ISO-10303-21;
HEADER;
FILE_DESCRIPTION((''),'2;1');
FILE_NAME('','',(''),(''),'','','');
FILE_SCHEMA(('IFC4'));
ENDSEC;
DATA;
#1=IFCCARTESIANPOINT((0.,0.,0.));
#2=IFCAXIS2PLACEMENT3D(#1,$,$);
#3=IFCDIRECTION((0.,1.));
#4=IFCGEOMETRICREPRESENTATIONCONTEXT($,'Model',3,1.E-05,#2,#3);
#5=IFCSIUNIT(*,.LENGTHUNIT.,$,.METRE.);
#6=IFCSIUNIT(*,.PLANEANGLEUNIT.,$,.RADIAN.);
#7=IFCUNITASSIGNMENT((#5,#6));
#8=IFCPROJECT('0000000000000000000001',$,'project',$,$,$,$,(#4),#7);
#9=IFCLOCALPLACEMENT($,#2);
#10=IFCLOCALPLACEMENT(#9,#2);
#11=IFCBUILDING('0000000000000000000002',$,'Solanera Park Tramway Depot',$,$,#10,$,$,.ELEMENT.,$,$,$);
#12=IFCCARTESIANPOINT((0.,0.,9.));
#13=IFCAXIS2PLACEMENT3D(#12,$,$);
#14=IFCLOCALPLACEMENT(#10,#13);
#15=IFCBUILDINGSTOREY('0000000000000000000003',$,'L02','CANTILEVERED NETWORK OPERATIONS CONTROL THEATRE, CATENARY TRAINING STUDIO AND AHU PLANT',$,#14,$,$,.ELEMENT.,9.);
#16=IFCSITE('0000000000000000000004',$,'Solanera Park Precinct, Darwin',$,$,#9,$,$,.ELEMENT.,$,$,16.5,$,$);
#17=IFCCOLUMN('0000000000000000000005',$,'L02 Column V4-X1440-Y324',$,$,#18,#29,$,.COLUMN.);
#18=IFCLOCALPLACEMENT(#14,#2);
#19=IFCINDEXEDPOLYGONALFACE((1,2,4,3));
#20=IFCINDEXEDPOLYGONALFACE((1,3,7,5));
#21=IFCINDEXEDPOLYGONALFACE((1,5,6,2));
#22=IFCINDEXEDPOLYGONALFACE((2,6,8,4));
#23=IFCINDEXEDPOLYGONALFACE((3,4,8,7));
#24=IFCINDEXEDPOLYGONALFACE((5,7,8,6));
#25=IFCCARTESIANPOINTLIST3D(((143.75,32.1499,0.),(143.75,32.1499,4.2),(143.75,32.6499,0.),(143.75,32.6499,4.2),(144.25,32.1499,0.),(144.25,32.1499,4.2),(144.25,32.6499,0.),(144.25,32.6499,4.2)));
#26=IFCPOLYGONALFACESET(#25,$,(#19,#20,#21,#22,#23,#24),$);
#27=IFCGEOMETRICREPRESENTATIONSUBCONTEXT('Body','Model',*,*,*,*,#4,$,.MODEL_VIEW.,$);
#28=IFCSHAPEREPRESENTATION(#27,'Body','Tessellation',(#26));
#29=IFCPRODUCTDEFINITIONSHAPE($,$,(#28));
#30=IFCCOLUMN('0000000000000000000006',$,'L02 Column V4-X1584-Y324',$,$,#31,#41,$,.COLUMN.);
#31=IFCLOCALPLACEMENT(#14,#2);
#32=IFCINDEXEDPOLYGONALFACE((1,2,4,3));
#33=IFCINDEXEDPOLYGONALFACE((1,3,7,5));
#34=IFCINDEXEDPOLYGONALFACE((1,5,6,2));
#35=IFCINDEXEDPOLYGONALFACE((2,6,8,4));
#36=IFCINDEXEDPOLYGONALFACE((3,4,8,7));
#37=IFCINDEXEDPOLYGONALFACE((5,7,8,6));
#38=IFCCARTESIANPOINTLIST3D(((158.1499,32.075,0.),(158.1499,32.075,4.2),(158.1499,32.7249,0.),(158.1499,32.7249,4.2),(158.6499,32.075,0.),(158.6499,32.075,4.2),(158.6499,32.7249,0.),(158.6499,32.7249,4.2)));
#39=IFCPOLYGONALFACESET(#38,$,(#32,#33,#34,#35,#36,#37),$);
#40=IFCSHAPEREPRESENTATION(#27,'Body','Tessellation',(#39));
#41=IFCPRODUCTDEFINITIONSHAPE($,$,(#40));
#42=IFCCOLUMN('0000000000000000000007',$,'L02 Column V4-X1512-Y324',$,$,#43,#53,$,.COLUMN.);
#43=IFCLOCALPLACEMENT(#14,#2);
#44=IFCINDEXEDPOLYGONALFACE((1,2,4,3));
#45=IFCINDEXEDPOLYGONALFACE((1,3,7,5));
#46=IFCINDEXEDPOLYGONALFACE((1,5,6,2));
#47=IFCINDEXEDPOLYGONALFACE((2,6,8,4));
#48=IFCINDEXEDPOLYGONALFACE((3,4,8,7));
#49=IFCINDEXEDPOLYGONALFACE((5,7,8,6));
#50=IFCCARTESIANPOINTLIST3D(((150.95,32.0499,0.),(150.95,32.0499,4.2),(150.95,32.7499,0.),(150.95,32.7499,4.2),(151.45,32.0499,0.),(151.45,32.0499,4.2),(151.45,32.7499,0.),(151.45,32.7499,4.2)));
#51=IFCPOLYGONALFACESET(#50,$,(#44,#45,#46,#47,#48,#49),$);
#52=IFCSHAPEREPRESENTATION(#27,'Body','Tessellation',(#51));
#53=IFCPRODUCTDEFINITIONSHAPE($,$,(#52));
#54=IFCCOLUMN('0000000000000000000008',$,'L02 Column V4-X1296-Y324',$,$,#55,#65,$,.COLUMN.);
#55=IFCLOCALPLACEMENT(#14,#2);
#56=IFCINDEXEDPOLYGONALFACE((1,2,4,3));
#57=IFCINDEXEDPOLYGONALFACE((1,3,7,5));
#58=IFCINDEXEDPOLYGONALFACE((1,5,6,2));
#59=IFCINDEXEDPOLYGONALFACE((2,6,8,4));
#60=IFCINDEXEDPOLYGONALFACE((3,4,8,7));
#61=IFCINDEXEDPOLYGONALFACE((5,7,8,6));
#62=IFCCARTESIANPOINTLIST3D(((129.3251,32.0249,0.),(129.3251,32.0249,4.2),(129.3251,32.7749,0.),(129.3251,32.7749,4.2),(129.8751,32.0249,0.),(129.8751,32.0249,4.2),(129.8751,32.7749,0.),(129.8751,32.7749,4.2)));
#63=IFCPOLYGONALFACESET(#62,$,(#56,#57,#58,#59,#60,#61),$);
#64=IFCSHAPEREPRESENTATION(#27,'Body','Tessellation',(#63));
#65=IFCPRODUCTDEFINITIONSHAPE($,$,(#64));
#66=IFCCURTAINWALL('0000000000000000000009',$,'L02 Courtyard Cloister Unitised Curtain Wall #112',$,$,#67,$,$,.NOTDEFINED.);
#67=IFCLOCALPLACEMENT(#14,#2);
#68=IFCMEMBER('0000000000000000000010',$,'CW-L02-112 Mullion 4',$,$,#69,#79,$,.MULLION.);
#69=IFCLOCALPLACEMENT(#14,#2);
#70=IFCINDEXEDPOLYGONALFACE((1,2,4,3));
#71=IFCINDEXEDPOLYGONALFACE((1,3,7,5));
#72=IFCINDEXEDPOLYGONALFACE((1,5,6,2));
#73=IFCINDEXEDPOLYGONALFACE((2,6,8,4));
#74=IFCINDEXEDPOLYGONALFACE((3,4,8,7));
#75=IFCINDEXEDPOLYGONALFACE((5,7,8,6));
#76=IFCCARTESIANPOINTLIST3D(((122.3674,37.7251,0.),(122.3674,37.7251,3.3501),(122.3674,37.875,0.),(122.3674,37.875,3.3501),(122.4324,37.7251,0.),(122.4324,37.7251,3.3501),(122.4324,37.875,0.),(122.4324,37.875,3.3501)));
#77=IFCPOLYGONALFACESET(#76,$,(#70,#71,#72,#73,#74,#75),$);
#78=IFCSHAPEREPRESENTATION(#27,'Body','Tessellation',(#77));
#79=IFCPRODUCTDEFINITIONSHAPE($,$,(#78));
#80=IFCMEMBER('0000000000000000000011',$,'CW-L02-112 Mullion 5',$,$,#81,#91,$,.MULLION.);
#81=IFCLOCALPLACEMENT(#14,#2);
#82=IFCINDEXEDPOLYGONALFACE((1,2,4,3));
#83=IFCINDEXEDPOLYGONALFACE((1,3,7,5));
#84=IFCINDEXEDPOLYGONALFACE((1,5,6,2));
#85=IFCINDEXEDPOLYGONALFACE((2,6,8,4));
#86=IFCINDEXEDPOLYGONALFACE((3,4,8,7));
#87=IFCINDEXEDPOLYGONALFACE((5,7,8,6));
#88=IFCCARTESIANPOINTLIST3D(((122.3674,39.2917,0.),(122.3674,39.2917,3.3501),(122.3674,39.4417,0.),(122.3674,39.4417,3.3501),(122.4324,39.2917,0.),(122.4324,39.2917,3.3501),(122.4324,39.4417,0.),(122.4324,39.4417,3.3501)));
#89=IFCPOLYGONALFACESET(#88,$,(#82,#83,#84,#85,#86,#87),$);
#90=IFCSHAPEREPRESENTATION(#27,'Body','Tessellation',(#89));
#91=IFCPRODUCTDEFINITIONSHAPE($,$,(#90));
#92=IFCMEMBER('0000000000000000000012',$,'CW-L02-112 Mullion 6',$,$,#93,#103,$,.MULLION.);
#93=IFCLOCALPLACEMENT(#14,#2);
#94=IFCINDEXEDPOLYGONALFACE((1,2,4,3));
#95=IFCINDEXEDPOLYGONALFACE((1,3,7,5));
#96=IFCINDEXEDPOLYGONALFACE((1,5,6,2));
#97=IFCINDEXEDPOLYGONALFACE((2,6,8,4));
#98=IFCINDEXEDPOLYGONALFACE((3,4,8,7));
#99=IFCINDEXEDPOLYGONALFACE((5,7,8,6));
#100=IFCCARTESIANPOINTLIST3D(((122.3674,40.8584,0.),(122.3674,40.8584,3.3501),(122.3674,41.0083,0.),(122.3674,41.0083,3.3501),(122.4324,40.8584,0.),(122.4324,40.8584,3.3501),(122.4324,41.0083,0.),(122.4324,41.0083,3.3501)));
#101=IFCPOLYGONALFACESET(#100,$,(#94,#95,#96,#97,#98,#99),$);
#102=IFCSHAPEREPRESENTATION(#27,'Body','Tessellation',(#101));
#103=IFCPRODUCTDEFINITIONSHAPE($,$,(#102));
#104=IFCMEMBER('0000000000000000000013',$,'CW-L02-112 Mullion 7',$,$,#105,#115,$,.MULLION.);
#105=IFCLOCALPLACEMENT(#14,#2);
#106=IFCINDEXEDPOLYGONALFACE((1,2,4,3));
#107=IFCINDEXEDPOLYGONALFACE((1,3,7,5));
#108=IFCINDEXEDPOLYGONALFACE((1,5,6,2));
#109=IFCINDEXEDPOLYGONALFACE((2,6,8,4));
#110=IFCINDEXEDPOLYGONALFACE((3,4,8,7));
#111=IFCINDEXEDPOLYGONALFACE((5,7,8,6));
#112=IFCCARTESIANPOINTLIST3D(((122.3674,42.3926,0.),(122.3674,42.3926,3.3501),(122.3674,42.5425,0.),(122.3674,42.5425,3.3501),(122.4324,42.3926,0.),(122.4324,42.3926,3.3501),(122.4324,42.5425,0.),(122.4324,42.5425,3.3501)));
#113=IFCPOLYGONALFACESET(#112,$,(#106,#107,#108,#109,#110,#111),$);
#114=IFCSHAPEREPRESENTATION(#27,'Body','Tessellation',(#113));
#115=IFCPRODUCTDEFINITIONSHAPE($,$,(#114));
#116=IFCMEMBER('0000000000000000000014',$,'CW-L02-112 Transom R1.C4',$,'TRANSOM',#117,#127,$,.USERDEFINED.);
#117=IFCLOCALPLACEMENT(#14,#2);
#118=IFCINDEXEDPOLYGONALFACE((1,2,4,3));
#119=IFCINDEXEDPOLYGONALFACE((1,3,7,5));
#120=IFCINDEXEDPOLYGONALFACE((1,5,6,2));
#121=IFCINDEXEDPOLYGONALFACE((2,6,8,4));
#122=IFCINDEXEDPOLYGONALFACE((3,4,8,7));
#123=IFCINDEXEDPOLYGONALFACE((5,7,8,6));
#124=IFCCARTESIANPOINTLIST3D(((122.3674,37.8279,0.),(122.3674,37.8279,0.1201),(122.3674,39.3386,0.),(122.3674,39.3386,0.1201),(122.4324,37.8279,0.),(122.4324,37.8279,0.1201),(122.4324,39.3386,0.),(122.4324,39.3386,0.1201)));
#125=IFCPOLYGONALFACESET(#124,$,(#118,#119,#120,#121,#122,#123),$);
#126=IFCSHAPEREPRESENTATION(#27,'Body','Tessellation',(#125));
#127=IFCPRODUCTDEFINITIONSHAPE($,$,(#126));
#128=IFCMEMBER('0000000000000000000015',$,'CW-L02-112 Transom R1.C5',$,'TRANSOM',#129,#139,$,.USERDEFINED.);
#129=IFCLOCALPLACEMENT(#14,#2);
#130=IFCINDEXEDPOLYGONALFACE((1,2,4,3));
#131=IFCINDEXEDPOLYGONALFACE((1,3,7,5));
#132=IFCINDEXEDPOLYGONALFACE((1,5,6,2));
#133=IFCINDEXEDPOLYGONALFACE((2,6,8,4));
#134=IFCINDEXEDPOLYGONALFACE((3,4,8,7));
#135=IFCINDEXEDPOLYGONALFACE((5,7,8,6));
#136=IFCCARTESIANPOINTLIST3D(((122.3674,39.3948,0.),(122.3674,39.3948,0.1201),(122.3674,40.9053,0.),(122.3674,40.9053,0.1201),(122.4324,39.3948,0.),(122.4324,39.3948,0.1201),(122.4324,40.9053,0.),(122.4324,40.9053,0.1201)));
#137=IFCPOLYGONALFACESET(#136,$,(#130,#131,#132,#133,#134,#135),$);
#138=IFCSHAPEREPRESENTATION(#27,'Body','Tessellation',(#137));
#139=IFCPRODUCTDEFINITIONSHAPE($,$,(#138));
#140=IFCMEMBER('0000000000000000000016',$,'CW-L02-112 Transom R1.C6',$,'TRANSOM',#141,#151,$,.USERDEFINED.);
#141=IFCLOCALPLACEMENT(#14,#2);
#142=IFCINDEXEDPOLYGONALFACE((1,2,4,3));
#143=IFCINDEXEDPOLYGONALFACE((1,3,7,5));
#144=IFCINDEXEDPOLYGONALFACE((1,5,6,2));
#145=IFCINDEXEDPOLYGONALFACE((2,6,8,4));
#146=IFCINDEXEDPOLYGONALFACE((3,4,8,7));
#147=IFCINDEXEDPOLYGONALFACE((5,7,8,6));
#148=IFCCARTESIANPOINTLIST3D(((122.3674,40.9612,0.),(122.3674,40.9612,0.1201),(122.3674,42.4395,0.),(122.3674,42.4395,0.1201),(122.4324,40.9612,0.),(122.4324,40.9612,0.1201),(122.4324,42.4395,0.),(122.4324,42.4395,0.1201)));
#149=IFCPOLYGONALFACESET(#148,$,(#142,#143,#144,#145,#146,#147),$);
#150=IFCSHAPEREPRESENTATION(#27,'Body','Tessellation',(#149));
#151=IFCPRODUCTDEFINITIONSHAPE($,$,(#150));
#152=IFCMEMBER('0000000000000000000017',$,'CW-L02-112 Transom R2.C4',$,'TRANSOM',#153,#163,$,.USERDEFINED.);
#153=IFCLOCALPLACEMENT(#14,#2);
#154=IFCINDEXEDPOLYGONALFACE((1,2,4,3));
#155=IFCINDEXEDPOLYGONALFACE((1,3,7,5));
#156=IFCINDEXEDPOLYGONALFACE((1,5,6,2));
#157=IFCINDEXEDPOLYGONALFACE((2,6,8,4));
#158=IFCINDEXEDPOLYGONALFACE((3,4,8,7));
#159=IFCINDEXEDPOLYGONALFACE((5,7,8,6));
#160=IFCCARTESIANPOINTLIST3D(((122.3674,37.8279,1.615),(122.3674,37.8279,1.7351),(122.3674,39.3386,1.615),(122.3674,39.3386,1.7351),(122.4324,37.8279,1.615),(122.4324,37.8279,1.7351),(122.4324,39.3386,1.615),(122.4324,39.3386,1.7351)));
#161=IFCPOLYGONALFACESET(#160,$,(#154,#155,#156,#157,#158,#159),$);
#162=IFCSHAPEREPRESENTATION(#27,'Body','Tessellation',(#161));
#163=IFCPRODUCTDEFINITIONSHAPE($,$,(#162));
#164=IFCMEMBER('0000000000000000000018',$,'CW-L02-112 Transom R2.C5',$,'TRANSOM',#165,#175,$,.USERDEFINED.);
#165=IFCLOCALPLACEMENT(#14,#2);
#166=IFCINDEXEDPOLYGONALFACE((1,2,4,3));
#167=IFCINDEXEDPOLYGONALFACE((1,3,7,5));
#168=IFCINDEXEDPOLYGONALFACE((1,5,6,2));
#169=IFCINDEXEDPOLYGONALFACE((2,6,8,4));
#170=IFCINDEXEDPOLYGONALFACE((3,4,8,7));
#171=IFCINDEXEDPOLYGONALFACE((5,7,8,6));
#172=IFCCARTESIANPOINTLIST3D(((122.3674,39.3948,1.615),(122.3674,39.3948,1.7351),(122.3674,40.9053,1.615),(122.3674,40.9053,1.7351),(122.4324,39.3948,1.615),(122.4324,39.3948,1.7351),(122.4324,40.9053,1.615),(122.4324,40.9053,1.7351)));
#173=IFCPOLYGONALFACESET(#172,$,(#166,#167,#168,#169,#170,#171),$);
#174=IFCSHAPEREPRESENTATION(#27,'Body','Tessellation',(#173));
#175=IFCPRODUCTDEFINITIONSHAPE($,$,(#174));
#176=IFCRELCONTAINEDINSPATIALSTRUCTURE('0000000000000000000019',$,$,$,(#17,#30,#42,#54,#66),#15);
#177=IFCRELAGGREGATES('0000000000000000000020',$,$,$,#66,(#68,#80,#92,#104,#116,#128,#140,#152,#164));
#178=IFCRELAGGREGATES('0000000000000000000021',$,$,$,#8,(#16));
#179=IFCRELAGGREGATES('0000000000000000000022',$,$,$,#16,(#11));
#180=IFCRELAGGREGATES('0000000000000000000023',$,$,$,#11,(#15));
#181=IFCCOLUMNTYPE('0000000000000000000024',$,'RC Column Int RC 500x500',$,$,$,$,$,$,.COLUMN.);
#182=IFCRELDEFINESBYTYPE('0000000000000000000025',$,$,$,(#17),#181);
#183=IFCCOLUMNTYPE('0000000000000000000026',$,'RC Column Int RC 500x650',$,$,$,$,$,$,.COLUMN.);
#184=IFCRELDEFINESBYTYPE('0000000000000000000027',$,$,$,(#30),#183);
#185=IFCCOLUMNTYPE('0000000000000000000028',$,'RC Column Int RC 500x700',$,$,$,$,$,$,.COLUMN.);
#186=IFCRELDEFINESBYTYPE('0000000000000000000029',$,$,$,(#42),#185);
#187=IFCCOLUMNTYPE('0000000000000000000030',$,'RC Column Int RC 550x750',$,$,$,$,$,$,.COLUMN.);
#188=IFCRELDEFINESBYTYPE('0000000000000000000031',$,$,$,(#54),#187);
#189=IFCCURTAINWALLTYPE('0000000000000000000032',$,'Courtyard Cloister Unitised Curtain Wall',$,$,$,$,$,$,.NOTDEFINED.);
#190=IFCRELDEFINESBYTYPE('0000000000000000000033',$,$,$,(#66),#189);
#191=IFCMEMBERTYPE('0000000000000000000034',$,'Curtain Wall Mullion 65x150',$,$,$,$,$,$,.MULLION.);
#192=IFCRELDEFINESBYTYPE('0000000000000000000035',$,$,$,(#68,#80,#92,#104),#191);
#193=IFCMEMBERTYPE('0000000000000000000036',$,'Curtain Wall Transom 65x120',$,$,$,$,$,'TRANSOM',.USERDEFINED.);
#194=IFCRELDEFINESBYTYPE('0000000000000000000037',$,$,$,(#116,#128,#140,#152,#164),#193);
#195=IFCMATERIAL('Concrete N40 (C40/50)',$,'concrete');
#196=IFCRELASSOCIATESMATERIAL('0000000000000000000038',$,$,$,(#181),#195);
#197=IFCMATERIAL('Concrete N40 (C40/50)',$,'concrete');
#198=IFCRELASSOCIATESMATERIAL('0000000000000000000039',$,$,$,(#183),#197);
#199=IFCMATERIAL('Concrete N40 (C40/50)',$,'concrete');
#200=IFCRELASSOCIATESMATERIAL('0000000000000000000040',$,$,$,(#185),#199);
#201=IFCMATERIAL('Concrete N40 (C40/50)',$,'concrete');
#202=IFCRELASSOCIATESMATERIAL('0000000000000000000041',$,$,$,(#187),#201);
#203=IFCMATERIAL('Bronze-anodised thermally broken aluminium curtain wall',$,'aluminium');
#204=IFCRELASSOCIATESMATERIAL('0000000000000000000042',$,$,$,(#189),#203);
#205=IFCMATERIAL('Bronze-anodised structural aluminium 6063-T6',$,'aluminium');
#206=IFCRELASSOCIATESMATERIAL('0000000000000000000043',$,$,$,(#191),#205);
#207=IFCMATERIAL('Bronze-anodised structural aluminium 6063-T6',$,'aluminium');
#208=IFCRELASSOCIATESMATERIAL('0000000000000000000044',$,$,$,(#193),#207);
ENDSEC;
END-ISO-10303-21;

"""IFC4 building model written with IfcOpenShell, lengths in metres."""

from ifc_helpers import new_model, si_unit, direction, frame, origin, origin_2d, place, context, subcontext, project, spatial, rectangle, extrude, material, material_profile, profile_set, type_object, element, aggregate, save


model = new_model("IFC4")

# Units and contexts
model_context = context("Model", 3, precision=1e-05, world=origin(), true_north=direction((0.0, 1.0)))
body_context = subcontext(model_context, "Body", "Model", "MODEL_VIEW")
ifc_project = project(units=[si_unit("LENGTHUNIT", "METRE"), si_unit("PLANEANGLEUNIT", "RADIAN")], contexts=[model_context])

# Site, building, storey
site_placement = place(None, origin())
site = spatial("IfcSite", under=ifc_project, at=site_placement, Name="Solanera Park Precinct, Darwin", CompositionType="ELEMENT", RefElevation=16.5)
building_placement = place(site_placement, origin())
building = spatial("IfcBuilding", under=site, at=building_placement, Name="Solanera Park Tramway Depot", CompositionType="ELEMENT")
storey_placement = place(building_placement, frame((0.0, 0.0, 9.0)))
storey = spatial("IfcBuildingStorey", under=building, at=storey_placement, Name="L02", Description="CANTILEVERED NETWORK OPERATIONS CONTROL THEATRE, CATENARY TRAINING STUDIO AND AHU PLANT", CompositionType="ELEMENT", Elevation=9.0)

# Columns
ifc_material_1 = material(Name="Concrete N40 (C40/50)", Category="concrete")
ifc_material_profile_1 = material_profile(ifc_material_1, rectangle(XDim=0.5, YDim=0.5, at=origin_2d()), Name="RC 500x500")
ifc_profile_set_1 = profile_set([ifc_material_profile_1], Name="Concrete N40 (C40/50)")
column_type_1 = type_object("IfcColumnType", Name="RC Column Int RC 500x500", PredefinedType="COLUMN", material=ifc_profile_set_1)
column_1_placement = place(storey_placement, frame((144.0, 32.3999, 0.0), z_axis=(0.0, 0.0, 1.0), x_axis=(1.0, 0.0, 0.0)))
element("IfcColumn", 1, at=column_1_placement, inside=storey, type_object=column_type_1, Name="L02 Column V4-X1440-Y324", PredefinedType="COLUMN", context=body_context, shape_type="SweptSolid", body=[
    extrude(rectangle(XDim=0.5, YDim=0.5, at=origin_2d()), origin(), (0.0, 0.0, 1.0), 4.2),
])
ifc_material_2 = material(Name="Concrete N40 (C40/50)", Category="concrete")
ifc_material_profile_2 = material_profile(ifc_material_2, rectangle(XDim=0.5, YDim=0.6499, at=origin_2d()), Name="RC 500x650")
ifc_profile_set_2 = profile_set([ifc_material_profile_2], Name="Concrete N40 (C40/50)")
column_type_2 = type_object("IfcColumnType", Name="RC Column Int RC 500x650", PredefinedType="COLUMN", material=ifc_profile_set_2)
column_2_placement = place(storey_placement, frame((158.3999, 32.3999, 0.0), z_axis=(0.0, 0.0, 1.0), x_axis=(1.0, 0.0, 0.0)))
element("IfcColumn", 2, at=column_2_placement, inside=storey, type_object=column_type_2, Name="L02 Column V4-X1584-Y324", PredefinedType="COLUMN", context=body_context, shape_type="SweptSolid", body=[
    extrude(rectangle(XDim=0.5, YDim=0.6499, at=origin_2d()), origin(), (0.0, 0.0, 1.0), 4.2),
])
ifc_material_3 = material(Name="Concrete N40 (C40/50)", Category="concrete")
ifc_material_profile_3 = material_profile(ifc_material_3, rectangle(XDim=0.5, YDim=0.7, at=origin_2d()), Name="RC 500x700")
ifc_profile_set_3 = profile_set([ifc_material_profile_3], Name="Concrete N40 (C40/50)")
column_type_3 = type_object("IfcColumnType", Name="RC Column Int RC 500x700", PredefinedType="COLUMN", material=ifc_profile_set_3)
column_3_placement = place(storey_placement, frame((151.2, 32.3999, 0.0), z_axis=(0.0, 0.0, 1.0), x_axis=(1.0, 0.0, 0.0)))
element("IfcColumn", 3, at=column_3_placement, inside=storey, type_object=column_type_3, Name="L02 Column V4-X1512-Y324", PredefinedType="COLUMN", context=body_context, shape_type="SweptSolid", body=[
    extrude(rectangle(XDim=0.5, YDim=0.7, at=origin_2d()), origin(), (0.0, 0.0, 1.0), 4.2),
])
ifc_material_4 = material(Name="Concrete N40 (C40/50)", Category="concrete")
ifc_material_profile_4 = material_profile(ifc_material_4, rectangle(XDim=0.55, YDim=0.75, at=origin_2d()), Name="RC 550x750")
ifc_profile_set_4 = profile_set([ifc_material_profile_4], Name="Concrete N40 (C40/50)")
column_type_4 = type_object("IfcColumnType", Name="RC Column Int RC 550x750", PredefinedType="COLUMN", material=ifc_profile_set_4)
column_4_placement = place(storey_placement, frame((129.6001, 32.3999, 0.0), z_axis=(0.0, 0.0, 1.0), x_axis=(1.0, 0.0, 0.0)))
element("IfcColumn", 4, at=column_4_placement, inside=storey, type_object=column_type_4, Name="L02 Column V4-X1296-Y324", PredefinedType="COLUMN", context=body_context, shape_type="SweptSolid", body=[
    extrude(rectangle(XDim=0.55, YDim=0.75, at=origin_2d()), origin(), (0.0, 0.0, 1.0), 4.2),
])

# Curtain wall, members
ifc_material_5 = material(Name="Bronze-anodised thermally broken aluminium curtain wall", Category="aluminium")
curtain_wall_type = type_object("IfcCurtainWallType", Name="Courtyard Cloister Unitised Curtain Wall", PredefinedType="NOTDEFINED", material=ifc_material_5)
curtain_wall_placement = place(storey_placement, origin())
curtain_wall = element("IfcCurtainWall", 5, at=curtain_wall_placement, inside=storey, type_object=curtain_wall_type, Name="L02 Courtyard Cloister Unitised Curtain Wall #112", PredefinedType="NOTDEFINED")
ifc_material_6 = material(Name="Bronze-anodised structural aluminium 6063-T6", Category="aluminium")
ifc_material_profile_5 = material_profile(ifc_material_6, rectangle(XDim=0.0649, YDim=0.1499, at=origin_2d()), Name="Curtain Wall Mullion 65x150")
ifc_profile_set_5 = profile_set([ifc_material_profile_5], Name="Bronze-anodised structural aluminium 6063-T6")
member_type_1 = type_object("IfcMemberType", Name="Curtain Wall Mullion 65x150", PredefinedType="MULLION", material=ifc_profile_set_5)
member_1_placement = place(storey_placement, frame((122.3999, 37.8, 0.0), z_axis=(0.0, 0.0, 1.0), x_axis=(1.0, 0.0, 0.0)))
member_1 = element("IfcMember", 6, at=member_1_placement, type_object=member_type_1, Name="CW-L02-112 Mullion 4", PredefinedType="MULLION", context=body_context, shape_type="SweptSolid", body=[
    extrude(rectangle(XDim=0.0649, YDim=0.1499, at=origin_2d()), origin(), (0.0, 0.0, 1.0), 3.3501),
])
member_2_placement = place(storey_placement, frame((122.3999, 39.3667, 0.0), z_axis=(0.0, 0.0, 1.0), x_axis=(1.0, 0.0, 0.0)))
member_2 = element("IfcMember", 7, at=member_2_placement, type_object=member_type_1, Name="CW-L02-112 Mullion 5", PredefinedType="MULLION", context=body_context, shape_type="SweptSolid", body=[
    extrude(rectangle(XDim=0.0649, YDim=0.1499, at=origin_2d()), origin(), (0.0, 0.0, 1.0), 3.3501),
])
member_3_placement = place(storey_placement, frame((122.3999, 40.9333, 0.0), z_axis=(0.0, 0.0, 1.0), x_axis=(1.0, 0.0, 0.0)))
member_3 = element("IfcMember", 8, at=member_3_placement, type_object=member_type_1, Name="CW-L02-112 Mullion 6", PredefinedType="MULLION", context=body_context, shape_type="SweptSolid", body=[
    extrude(rectangle(XDim=0.0649, YDim=0.1499, at=origin_2d()), origin(), (0.0, 0.0, 1.0), 3.3501),
])
member_4_placement = place(storey_placement, frame((122.3999, 42.4675, 0.0), z_axis=(0.0, 0.0, 1.0), x_axis=(1.0, 0.0, 0.0)))
member_4 = element("IfcMember", 9, at=member_4_placement, type_object=member_type_1, Name="CW-L02-112 Mullion 7", PredefinedType="MULLION", context=body_context, shape_type="SweptSolid", body=[
    extrude(rectangle(XDim=0.0649, YDim=0.1499, at=origin_2d()), origin(), (0.0, 0.0, 1.0), 3.3501),
])
ifc_material_7 = material(Name="Bronze-anodised structural aluminium 6063-T6", Category="aluminium")
ifc_material_profile_6 = material_profile(ifc_material_7, rectangle(XDim=0.0649, YDim=0.1201, at=origin_2d()), Name="Curtain Wall Transom 65x120")
ifc_profile_set_6 = profile_set([ifc_material_profile_6], Name="Bronze-anodised structural aluminium 6063-T6")
member_type_2 = type_object("IfcMemberType", Name="Curtain Wall Transom 65x120", ElementType="TRANSOM", PredefinedType="USERDEFINED", material=ifc_profile_set_6)
member_5_placement = place(storey_placement, frame((122.3999, 37.8279, 0.0601), z_axis=(0.0, 1.0, 0.0), x_axis=(-1.0, 0.0, 0.0)))
member_5 = element("IfcMember", 10, at=member_5_placement, type_object=member_type_2, Name="CW-L02-112 Transom R1.C4", ObjectType="TRANSOM", PredefinedType="USERDEFINED", context=body_context, shape_type="SweptSolid", body=[
    extrude(rectangle(XDim=0.0649, YDim=0.1201, at=origin_2d()), origin(), (0.0, 0.0, 1.0), 1.5107),
])
member_6_placement = place(storey_placement, frame((122.3999, 39.3948, 0.0601), z_axis=(0.0, 1.0, 0.0), x_axis=(-1.0, 0.0, 0.0)))
member_6 = element("IfcMember", 11, at=member_6_placement, type_object=member_type_2, Name="CW-L02-112 Transom R1.C5", ObjectType="TRANSOM", PredefinedType="USERDEFINED", context=body_context, shape_type="SweptSolid", body=[
    extrude(rectangle(XDim=0.0649, YDim=0.1201, at=origin_2d()), origin(), (0.0, 0.0, 1.0), 1.5105),
])
member_7_placement = place(storey_placement, frame((122.3999, 40.9612, 0.0601), z_axis=(0.0, 1.0, 0.0), x_axis=(-1.0, 0.0, 0.0)))
member_7 = element("IfcMember", 12, at=member_7_placement, type_object=member_type_2, Name="CW-L02-112 Transom R1.C6", ObjectType="TRANSOM", PredefinedType="USERDEFINED", context=body_context, shape_type="SweptSolid", body=[
    extrude(rectangle(XDim=0.0649, YDim=0.1201, at=origin_2d()), origin(), (0.0, 0.0, 1.0), 1.4783),
])
member_8_placement = place(storey_placement, frame((122.3999, 37.8279, 1.675), z_axis=(0.0, 1.0, 0.0), x_axis=(-1.0, 0.0, 0.0)))
member_8 = element("IfcMember", 13, at=member_8_placement, type_object=member_type_2, Name="CW-L02-112 Transom R2.C4", ObjectType="TRANSOM", PredefinedType="USERDEFINED", context=body_context, shape_type="SweptSolid", body=[
    extrude(rectangle(XDim=0.0649, YDim=0.1201, at=origin_2d()), origin(), (0.0, 0.0, 1.0), 1.5107),
])
member_9_placement = place(storey_placement, frame((122.3999, 39.3948, 1.675), z_axis=(0.0, 1.0, 0.0), x_axis=(-1.0, 0.0, 0.0)))
member_9 = element("IfcMember", 14, at=member_9_placement, type_object=member_type_2, Name="CW-L02-112 Transom R2.C5", ObjectType="TRANSOM", PredefinedType="USERDEFINED", context=body_context, shape_type="SweptSolid", body=[
    extrude(rectangle(XDim=0.0649, YDim=0.1201, at=origin_2d()), origin(), (0.0, 0.0, 1.0), 1.5105),
])
aggregate(curtain_wall, [member_1, member_2, member_3, member_4, member_5, member_6, member_7, member_8, member_9])

save(model, "model.ifc")
